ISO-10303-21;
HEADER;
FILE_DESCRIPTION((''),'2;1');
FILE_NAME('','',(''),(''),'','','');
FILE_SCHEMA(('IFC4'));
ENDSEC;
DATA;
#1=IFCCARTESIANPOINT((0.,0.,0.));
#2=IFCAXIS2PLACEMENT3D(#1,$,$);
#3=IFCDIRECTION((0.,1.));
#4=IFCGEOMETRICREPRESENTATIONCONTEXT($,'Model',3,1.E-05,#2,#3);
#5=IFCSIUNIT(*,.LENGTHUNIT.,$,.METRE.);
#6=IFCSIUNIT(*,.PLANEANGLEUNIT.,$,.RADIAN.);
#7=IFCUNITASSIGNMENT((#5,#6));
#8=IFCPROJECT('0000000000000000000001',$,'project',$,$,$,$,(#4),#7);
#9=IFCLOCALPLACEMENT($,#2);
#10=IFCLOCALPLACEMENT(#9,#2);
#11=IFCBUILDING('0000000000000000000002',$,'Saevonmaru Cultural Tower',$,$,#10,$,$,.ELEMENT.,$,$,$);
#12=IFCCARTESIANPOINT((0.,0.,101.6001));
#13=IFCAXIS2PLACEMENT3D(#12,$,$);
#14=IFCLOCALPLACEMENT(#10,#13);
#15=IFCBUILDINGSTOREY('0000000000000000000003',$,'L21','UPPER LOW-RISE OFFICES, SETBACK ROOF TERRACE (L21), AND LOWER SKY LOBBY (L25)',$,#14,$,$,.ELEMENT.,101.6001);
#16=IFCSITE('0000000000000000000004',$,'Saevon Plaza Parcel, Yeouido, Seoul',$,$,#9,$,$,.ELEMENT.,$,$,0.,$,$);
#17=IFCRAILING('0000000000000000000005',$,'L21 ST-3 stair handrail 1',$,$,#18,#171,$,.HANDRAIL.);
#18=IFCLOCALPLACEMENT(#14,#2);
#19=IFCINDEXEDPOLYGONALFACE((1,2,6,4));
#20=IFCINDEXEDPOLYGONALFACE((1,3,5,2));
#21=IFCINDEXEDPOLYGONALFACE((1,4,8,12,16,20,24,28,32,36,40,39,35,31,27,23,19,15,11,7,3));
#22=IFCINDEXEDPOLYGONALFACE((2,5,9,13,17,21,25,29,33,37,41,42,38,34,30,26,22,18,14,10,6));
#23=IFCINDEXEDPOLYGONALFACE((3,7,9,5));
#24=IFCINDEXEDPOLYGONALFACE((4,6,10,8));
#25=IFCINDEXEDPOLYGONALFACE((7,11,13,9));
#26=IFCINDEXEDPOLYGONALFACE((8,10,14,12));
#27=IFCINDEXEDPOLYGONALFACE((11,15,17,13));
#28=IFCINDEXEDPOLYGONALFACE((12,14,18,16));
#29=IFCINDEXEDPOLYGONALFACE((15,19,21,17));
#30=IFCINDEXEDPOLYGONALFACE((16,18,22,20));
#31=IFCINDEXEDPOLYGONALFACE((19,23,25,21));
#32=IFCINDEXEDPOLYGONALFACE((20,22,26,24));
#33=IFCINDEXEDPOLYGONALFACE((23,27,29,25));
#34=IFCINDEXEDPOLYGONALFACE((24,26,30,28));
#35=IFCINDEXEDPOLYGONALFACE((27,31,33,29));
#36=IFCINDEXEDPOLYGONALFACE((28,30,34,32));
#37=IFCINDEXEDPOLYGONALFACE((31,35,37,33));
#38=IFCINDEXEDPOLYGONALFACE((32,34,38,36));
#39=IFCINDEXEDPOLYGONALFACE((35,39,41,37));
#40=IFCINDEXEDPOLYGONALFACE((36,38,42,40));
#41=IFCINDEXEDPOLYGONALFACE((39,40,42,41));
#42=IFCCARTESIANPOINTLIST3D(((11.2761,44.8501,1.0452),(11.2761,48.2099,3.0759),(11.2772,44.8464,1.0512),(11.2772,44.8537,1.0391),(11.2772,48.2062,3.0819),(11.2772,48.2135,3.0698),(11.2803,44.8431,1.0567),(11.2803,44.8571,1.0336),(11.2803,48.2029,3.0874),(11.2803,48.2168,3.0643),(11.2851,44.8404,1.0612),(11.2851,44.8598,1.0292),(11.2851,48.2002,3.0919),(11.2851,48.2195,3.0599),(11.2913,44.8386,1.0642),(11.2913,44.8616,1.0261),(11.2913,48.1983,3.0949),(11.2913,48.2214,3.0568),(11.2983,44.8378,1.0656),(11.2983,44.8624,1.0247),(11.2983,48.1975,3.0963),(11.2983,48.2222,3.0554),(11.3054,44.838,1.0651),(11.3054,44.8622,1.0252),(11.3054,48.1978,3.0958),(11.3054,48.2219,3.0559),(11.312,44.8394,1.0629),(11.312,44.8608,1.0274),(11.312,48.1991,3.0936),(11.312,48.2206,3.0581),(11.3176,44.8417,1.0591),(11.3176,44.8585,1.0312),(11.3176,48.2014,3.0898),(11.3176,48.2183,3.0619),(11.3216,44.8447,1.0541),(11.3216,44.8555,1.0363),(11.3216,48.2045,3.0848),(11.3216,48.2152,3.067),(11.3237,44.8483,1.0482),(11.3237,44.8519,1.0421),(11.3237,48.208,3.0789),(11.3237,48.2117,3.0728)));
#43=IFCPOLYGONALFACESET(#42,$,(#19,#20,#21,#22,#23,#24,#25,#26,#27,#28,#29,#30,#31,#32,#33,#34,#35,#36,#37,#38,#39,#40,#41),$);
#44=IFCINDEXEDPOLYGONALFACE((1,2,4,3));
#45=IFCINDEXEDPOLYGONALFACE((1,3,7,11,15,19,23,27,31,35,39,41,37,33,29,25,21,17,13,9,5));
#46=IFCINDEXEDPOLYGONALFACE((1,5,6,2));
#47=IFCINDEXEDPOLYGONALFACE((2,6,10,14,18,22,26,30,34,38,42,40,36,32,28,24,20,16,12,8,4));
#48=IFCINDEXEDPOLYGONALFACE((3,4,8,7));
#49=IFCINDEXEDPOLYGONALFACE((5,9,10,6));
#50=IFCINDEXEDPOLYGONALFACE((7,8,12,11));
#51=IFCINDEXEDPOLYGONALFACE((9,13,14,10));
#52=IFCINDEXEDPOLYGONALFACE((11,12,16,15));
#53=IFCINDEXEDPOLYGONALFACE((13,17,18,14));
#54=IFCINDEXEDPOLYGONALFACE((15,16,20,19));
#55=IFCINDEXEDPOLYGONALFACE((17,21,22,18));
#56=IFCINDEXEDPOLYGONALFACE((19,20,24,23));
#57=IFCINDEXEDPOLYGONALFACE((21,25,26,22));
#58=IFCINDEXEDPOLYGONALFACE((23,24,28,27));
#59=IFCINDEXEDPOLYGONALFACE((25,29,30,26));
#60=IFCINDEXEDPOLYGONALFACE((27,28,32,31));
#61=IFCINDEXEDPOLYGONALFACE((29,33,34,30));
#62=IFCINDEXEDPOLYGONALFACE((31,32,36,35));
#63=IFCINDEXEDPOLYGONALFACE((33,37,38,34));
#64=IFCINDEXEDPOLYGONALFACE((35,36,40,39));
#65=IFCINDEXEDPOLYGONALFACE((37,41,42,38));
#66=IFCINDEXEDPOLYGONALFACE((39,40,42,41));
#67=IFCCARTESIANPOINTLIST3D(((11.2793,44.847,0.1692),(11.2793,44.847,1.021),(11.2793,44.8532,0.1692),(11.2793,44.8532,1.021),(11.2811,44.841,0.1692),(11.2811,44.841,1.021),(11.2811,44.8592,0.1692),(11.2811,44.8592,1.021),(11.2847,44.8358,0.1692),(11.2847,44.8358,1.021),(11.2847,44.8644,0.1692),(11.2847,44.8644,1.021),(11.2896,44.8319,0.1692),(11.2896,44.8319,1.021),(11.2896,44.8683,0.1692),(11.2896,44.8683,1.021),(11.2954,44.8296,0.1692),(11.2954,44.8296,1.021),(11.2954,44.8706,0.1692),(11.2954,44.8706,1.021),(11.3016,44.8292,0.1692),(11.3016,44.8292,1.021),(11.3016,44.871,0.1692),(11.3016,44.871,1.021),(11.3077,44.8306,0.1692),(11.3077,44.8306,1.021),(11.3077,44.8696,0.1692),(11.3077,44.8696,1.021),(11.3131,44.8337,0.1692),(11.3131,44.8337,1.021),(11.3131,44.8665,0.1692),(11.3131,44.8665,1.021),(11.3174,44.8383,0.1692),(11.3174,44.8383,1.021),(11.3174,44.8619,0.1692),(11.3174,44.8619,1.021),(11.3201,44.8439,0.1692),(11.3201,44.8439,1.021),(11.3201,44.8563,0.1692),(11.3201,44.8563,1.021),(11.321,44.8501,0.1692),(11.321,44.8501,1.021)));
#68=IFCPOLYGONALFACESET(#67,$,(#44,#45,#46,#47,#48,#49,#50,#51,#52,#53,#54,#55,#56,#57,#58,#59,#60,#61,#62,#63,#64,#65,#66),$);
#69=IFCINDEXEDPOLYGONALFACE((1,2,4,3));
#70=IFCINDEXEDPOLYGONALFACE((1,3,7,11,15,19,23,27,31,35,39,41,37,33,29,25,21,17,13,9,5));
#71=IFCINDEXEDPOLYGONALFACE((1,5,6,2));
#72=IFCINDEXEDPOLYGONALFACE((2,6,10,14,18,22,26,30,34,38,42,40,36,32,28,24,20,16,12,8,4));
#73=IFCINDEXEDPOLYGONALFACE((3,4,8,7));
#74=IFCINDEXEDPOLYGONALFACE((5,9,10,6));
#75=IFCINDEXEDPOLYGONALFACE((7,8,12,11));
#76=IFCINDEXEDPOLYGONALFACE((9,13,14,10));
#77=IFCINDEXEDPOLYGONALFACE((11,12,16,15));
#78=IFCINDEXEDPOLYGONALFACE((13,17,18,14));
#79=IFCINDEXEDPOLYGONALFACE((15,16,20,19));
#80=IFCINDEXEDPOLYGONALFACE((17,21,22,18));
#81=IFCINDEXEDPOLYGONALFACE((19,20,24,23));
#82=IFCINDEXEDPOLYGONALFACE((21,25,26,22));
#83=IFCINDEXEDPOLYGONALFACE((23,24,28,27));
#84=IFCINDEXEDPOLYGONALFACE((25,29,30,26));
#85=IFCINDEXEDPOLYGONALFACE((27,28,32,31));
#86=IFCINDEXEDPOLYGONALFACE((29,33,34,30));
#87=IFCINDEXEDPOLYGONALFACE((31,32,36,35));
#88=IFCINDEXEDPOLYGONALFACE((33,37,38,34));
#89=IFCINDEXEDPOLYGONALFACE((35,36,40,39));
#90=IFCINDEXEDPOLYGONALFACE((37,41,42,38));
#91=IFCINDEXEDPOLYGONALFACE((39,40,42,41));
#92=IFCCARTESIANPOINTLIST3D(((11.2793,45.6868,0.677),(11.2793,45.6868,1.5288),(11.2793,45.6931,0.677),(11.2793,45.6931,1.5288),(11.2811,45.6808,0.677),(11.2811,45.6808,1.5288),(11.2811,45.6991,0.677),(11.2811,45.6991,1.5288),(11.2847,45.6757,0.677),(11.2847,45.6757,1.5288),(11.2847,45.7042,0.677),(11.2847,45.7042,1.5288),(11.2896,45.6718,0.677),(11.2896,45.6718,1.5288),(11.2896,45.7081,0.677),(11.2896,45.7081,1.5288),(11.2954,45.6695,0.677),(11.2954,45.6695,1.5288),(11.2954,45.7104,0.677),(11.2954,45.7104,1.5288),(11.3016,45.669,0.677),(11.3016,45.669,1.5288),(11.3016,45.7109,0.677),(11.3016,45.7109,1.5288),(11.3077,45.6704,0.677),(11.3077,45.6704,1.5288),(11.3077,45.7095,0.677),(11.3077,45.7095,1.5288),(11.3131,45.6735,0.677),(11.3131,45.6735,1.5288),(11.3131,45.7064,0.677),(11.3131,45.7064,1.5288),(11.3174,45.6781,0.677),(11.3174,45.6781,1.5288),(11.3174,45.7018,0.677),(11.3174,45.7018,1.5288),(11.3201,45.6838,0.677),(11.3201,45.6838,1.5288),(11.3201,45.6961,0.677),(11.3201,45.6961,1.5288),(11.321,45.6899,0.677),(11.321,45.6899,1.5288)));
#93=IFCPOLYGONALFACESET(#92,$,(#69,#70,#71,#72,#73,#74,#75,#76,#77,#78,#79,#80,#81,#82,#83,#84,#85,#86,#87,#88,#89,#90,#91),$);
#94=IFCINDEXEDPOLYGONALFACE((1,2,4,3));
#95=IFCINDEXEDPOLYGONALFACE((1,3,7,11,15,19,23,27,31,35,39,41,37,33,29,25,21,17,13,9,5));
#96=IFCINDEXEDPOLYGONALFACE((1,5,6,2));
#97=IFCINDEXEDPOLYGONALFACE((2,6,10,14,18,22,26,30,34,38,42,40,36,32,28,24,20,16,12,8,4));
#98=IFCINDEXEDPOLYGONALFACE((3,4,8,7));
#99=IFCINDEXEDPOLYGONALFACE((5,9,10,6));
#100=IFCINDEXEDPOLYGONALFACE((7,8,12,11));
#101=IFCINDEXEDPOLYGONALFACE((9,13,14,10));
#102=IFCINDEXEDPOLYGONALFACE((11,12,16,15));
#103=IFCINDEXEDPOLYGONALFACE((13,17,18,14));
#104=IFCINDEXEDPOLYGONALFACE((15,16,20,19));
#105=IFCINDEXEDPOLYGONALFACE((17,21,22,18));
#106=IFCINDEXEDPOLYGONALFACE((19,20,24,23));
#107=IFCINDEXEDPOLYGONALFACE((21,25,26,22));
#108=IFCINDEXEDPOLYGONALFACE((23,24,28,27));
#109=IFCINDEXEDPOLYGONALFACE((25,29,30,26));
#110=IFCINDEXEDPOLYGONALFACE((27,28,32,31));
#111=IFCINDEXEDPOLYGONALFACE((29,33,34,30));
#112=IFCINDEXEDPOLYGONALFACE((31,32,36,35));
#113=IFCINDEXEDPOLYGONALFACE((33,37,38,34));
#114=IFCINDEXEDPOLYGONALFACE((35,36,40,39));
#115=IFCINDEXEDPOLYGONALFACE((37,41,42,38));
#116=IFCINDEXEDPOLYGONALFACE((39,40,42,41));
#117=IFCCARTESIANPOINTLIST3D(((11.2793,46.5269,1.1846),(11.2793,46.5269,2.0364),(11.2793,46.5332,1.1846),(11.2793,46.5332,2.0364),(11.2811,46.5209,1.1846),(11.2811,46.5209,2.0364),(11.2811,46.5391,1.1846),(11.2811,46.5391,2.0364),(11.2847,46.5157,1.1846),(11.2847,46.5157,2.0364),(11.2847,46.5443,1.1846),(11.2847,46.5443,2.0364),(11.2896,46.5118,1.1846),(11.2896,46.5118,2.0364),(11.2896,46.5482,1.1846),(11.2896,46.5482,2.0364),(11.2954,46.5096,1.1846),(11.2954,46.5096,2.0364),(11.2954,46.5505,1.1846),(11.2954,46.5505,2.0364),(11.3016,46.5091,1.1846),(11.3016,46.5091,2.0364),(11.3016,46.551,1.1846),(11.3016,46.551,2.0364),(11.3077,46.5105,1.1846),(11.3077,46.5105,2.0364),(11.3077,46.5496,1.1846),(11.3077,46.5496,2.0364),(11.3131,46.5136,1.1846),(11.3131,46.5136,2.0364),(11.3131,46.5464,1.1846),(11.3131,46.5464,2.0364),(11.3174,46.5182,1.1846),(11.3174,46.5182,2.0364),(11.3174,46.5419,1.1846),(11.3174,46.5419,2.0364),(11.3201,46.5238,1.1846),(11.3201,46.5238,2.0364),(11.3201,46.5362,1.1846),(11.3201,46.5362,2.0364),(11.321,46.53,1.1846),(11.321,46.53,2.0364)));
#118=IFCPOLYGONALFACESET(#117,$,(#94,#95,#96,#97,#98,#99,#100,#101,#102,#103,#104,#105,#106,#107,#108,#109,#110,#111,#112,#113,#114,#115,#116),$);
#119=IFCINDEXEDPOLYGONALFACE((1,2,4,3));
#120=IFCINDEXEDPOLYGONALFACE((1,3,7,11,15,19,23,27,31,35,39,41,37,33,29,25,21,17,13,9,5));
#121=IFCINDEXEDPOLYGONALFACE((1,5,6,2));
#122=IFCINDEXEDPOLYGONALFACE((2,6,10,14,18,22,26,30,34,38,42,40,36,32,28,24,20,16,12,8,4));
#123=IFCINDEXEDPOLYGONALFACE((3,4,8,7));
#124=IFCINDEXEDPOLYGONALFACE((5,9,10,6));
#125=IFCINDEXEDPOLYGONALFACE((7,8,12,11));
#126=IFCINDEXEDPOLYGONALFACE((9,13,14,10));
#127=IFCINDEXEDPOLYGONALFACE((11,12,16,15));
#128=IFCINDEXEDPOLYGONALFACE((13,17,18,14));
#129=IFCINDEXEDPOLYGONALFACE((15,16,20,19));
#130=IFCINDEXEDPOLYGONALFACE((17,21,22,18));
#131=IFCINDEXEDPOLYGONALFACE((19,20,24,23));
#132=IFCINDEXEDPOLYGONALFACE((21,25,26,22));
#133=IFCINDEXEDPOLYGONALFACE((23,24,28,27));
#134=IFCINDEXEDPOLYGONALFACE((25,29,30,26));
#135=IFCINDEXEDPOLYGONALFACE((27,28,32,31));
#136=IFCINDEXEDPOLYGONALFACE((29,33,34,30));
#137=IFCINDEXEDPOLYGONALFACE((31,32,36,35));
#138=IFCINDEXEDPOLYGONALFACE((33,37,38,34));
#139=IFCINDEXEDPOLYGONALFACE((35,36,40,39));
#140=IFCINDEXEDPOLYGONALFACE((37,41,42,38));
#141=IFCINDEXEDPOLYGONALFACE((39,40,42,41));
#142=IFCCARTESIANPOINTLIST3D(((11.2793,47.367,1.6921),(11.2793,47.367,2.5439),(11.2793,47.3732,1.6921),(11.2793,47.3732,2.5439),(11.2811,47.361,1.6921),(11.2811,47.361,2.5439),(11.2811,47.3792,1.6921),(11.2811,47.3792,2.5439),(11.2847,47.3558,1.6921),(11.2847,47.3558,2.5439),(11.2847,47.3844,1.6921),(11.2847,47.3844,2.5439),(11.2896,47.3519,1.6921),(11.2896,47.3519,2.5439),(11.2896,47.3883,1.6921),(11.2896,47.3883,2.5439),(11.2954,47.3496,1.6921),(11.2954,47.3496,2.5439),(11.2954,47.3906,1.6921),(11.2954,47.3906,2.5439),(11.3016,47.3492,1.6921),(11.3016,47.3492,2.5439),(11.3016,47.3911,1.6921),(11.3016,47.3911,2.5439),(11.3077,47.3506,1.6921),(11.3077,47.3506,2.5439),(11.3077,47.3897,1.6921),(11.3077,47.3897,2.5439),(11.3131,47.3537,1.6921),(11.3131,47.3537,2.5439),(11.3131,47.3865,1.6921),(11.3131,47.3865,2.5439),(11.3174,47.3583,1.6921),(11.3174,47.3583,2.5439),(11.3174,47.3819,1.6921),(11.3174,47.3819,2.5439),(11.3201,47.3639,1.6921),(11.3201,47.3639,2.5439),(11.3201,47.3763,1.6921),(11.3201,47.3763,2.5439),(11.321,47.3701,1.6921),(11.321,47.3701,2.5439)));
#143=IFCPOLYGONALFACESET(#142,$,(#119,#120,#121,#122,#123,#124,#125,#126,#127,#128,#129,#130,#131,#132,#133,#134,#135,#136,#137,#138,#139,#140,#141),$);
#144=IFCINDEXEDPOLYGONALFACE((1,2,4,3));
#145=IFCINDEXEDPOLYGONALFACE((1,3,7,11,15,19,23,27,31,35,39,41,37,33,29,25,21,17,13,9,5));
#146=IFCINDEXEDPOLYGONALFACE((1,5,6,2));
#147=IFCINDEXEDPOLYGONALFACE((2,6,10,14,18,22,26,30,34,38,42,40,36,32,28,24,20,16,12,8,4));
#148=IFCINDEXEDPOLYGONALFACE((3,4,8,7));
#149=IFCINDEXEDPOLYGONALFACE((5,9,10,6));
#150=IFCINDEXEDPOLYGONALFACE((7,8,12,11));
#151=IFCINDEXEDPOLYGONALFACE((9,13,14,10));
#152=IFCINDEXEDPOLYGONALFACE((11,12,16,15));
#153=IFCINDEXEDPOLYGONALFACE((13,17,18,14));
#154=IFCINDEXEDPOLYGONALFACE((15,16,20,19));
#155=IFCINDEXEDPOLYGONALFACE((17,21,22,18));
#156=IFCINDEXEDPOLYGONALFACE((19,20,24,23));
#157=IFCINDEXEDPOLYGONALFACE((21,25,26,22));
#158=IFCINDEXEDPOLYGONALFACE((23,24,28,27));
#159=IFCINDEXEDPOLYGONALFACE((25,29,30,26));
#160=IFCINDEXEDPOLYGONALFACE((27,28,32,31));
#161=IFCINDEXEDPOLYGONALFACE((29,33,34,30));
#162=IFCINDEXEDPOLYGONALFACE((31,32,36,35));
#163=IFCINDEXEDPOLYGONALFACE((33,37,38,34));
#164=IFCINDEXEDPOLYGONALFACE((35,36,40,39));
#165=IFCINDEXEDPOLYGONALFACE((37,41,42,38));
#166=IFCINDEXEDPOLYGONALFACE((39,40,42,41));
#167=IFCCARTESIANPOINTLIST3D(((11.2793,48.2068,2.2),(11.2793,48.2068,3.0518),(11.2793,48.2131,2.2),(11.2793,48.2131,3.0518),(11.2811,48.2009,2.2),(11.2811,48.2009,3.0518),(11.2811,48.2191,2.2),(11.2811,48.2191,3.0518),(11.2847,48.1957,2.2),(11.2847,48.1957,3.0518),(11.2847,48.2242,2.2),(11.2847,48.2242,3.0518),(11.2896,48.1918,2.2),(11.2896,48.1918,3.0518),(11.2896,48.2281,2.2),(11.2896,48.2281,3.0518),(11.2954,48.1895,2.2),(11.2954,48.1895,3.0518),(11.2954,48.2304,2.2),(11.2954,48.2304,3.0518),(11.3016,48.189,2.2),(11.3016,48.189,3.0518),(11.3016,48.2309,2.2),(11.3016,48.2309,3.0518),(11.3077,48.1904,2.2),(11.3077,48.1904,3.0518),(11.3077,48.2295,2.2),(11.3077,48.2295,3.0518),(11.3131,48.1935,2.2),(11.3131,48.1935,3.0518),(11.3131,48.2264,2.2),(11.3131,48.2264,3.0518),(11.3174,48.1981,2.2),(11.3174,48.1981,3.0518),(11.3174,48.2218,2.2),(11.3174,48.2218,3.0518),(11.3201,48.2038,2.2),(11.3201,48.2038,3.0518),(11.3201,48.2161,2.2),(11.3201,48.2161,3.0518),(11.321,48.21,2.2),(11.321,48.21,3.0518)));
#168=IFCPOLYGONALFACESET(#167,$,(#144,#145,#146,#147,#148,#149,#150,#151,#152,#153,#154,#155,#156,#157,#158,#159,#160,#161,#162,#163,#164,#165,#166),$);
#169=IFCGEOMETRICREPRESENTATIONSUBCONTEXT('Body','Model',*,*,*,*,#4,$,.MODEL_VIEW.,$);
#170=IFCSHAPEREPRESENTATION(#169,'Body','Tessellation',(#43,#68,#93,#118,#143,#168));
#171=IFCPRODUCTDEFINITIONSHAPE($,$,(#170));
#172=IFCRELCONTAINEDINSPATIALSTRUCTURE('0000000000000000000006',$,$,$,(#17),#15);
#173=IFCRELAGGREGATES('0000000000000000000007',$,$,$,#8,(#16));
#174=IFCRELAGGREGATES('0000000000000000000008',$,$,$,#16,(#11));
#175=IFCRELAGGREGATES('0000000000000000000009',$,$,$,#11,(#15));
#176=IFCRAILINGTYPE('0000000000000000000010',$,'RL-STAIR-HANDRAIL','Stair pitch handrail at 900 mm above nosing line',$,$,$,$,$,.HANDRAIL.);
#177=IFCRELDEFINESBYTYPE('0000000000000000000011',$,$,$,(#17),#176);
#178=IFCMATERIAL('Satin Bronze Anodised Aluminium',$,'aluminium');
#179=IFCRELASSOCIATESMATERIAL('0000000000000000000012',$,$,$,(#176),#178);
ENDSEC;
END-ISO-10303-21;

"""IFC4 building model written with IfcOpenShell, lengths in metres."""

from ifc_helpers import new_model, si_unit, direction, frame, origin, origin_2d, place, context, subcontext, project, spatial, circle, extrude, material, type_object, element, save


model = new_model("IFC4")

# Units and contexts
model_context = context("Model", 3, precision=1e-05, world=origin(), true_north=direction((0.0, 1.0)))
body_context = subcontext(model_context, "Body", "Model", "MODEL_VIEW")
ifc_project = project(units=[si_unit("LENGTHUNIT", "METRE"), si_unit("PLANEANGLEUNIT", "RADIAN")], contexts=[model_context])

# Site, building, storey
site_placement = place(None, origin())
site = spatial("IfcSite", under=ifc_project, at=site_placement, Name="Saevon Plaza Parcel, Yeouido, Seoul", CompositionType="ELEMENT", RefElevation=0.0)
building_placement = place(site_placement, origin())
building = spatial("IfcBuilding", under=site, at=building_placement, Name="Saevonmaru Cultural Tower", CompositionType="ELEMENT")
storey_placement = place(building_placement, frame((0.0, 0.0, 101.6001)))
storey = spatial("IfcBuildingStorey", under=building, at=storey_placement, Name="L21", Description="UPPER LOW-RISE OFFICES, SETBACK ROOF TERRACE (L21), AND LOWER SKY LOBBY (L25)", CompositionType="ELEMENT", Elevation=101.6001)

# Shared definitions
ifc_material_1 = material(Name="Satin Bronze Anodised Aluminium", Category="aluminium")

# Railing
railing_type_1 = type_object("IfcRailingType", Name="RL-STAIR-HANDRAIL", Description="Stair pitch handrail at 900 mm above nosing line", PredefinedType="HANDRAIL", material=ifc_material_1)
railing_1_placement = place(storey_placement, frame((11.3, 44.8501, 0.1692)))
element("IfcRailing", 1, at=railing_1_placement, inside=storey, type_object=railing_type_1, Name="L21 ST-3 stair handrail 1", PredefinedType="HANDRAIL", context=body_context, shape_type="SweptSolid", body=[
    extrude(circle(Radius=0.0239, at=origin_2d()), frame((0.0, 0.0, 0.876), z_axis=(0.0, 0.85582, 0.517273), x_axis=(-1.0, 0.0, 0.0)), (0.0, 0.0, 1.0), 3.9258),
    extrude(circle(Radius=0.021, at=origin_2d()), origin(), (0.0, 0.0, 1.0), 0.8518),
    extrude(circle(Radius=0.021, at=origin_2d()), frame((0.0, 0.8398, 0.5078)), (0.0, 0.0, 1.0), 0.8518),
    extrude(circle(Radius=0.021, at=origin_2d()), frame((0.0, 1.6799, 1.0154)), (0.0, 0.0, 1.0), 0.8518),
    extrude(circle(Radius=0.021, at=origin_2d()), frame((0.0, 2.52, 1.5229)), (0.0, 0.0, 1.0), 0.8518),
    extrude(circle(Radius=0.021, at=origin_2d()), frame((0.0, 3.3599, 2.0308)), (0.0, 0.0, 1.0), 0.8518),
])

save(model, "model.ifc")
